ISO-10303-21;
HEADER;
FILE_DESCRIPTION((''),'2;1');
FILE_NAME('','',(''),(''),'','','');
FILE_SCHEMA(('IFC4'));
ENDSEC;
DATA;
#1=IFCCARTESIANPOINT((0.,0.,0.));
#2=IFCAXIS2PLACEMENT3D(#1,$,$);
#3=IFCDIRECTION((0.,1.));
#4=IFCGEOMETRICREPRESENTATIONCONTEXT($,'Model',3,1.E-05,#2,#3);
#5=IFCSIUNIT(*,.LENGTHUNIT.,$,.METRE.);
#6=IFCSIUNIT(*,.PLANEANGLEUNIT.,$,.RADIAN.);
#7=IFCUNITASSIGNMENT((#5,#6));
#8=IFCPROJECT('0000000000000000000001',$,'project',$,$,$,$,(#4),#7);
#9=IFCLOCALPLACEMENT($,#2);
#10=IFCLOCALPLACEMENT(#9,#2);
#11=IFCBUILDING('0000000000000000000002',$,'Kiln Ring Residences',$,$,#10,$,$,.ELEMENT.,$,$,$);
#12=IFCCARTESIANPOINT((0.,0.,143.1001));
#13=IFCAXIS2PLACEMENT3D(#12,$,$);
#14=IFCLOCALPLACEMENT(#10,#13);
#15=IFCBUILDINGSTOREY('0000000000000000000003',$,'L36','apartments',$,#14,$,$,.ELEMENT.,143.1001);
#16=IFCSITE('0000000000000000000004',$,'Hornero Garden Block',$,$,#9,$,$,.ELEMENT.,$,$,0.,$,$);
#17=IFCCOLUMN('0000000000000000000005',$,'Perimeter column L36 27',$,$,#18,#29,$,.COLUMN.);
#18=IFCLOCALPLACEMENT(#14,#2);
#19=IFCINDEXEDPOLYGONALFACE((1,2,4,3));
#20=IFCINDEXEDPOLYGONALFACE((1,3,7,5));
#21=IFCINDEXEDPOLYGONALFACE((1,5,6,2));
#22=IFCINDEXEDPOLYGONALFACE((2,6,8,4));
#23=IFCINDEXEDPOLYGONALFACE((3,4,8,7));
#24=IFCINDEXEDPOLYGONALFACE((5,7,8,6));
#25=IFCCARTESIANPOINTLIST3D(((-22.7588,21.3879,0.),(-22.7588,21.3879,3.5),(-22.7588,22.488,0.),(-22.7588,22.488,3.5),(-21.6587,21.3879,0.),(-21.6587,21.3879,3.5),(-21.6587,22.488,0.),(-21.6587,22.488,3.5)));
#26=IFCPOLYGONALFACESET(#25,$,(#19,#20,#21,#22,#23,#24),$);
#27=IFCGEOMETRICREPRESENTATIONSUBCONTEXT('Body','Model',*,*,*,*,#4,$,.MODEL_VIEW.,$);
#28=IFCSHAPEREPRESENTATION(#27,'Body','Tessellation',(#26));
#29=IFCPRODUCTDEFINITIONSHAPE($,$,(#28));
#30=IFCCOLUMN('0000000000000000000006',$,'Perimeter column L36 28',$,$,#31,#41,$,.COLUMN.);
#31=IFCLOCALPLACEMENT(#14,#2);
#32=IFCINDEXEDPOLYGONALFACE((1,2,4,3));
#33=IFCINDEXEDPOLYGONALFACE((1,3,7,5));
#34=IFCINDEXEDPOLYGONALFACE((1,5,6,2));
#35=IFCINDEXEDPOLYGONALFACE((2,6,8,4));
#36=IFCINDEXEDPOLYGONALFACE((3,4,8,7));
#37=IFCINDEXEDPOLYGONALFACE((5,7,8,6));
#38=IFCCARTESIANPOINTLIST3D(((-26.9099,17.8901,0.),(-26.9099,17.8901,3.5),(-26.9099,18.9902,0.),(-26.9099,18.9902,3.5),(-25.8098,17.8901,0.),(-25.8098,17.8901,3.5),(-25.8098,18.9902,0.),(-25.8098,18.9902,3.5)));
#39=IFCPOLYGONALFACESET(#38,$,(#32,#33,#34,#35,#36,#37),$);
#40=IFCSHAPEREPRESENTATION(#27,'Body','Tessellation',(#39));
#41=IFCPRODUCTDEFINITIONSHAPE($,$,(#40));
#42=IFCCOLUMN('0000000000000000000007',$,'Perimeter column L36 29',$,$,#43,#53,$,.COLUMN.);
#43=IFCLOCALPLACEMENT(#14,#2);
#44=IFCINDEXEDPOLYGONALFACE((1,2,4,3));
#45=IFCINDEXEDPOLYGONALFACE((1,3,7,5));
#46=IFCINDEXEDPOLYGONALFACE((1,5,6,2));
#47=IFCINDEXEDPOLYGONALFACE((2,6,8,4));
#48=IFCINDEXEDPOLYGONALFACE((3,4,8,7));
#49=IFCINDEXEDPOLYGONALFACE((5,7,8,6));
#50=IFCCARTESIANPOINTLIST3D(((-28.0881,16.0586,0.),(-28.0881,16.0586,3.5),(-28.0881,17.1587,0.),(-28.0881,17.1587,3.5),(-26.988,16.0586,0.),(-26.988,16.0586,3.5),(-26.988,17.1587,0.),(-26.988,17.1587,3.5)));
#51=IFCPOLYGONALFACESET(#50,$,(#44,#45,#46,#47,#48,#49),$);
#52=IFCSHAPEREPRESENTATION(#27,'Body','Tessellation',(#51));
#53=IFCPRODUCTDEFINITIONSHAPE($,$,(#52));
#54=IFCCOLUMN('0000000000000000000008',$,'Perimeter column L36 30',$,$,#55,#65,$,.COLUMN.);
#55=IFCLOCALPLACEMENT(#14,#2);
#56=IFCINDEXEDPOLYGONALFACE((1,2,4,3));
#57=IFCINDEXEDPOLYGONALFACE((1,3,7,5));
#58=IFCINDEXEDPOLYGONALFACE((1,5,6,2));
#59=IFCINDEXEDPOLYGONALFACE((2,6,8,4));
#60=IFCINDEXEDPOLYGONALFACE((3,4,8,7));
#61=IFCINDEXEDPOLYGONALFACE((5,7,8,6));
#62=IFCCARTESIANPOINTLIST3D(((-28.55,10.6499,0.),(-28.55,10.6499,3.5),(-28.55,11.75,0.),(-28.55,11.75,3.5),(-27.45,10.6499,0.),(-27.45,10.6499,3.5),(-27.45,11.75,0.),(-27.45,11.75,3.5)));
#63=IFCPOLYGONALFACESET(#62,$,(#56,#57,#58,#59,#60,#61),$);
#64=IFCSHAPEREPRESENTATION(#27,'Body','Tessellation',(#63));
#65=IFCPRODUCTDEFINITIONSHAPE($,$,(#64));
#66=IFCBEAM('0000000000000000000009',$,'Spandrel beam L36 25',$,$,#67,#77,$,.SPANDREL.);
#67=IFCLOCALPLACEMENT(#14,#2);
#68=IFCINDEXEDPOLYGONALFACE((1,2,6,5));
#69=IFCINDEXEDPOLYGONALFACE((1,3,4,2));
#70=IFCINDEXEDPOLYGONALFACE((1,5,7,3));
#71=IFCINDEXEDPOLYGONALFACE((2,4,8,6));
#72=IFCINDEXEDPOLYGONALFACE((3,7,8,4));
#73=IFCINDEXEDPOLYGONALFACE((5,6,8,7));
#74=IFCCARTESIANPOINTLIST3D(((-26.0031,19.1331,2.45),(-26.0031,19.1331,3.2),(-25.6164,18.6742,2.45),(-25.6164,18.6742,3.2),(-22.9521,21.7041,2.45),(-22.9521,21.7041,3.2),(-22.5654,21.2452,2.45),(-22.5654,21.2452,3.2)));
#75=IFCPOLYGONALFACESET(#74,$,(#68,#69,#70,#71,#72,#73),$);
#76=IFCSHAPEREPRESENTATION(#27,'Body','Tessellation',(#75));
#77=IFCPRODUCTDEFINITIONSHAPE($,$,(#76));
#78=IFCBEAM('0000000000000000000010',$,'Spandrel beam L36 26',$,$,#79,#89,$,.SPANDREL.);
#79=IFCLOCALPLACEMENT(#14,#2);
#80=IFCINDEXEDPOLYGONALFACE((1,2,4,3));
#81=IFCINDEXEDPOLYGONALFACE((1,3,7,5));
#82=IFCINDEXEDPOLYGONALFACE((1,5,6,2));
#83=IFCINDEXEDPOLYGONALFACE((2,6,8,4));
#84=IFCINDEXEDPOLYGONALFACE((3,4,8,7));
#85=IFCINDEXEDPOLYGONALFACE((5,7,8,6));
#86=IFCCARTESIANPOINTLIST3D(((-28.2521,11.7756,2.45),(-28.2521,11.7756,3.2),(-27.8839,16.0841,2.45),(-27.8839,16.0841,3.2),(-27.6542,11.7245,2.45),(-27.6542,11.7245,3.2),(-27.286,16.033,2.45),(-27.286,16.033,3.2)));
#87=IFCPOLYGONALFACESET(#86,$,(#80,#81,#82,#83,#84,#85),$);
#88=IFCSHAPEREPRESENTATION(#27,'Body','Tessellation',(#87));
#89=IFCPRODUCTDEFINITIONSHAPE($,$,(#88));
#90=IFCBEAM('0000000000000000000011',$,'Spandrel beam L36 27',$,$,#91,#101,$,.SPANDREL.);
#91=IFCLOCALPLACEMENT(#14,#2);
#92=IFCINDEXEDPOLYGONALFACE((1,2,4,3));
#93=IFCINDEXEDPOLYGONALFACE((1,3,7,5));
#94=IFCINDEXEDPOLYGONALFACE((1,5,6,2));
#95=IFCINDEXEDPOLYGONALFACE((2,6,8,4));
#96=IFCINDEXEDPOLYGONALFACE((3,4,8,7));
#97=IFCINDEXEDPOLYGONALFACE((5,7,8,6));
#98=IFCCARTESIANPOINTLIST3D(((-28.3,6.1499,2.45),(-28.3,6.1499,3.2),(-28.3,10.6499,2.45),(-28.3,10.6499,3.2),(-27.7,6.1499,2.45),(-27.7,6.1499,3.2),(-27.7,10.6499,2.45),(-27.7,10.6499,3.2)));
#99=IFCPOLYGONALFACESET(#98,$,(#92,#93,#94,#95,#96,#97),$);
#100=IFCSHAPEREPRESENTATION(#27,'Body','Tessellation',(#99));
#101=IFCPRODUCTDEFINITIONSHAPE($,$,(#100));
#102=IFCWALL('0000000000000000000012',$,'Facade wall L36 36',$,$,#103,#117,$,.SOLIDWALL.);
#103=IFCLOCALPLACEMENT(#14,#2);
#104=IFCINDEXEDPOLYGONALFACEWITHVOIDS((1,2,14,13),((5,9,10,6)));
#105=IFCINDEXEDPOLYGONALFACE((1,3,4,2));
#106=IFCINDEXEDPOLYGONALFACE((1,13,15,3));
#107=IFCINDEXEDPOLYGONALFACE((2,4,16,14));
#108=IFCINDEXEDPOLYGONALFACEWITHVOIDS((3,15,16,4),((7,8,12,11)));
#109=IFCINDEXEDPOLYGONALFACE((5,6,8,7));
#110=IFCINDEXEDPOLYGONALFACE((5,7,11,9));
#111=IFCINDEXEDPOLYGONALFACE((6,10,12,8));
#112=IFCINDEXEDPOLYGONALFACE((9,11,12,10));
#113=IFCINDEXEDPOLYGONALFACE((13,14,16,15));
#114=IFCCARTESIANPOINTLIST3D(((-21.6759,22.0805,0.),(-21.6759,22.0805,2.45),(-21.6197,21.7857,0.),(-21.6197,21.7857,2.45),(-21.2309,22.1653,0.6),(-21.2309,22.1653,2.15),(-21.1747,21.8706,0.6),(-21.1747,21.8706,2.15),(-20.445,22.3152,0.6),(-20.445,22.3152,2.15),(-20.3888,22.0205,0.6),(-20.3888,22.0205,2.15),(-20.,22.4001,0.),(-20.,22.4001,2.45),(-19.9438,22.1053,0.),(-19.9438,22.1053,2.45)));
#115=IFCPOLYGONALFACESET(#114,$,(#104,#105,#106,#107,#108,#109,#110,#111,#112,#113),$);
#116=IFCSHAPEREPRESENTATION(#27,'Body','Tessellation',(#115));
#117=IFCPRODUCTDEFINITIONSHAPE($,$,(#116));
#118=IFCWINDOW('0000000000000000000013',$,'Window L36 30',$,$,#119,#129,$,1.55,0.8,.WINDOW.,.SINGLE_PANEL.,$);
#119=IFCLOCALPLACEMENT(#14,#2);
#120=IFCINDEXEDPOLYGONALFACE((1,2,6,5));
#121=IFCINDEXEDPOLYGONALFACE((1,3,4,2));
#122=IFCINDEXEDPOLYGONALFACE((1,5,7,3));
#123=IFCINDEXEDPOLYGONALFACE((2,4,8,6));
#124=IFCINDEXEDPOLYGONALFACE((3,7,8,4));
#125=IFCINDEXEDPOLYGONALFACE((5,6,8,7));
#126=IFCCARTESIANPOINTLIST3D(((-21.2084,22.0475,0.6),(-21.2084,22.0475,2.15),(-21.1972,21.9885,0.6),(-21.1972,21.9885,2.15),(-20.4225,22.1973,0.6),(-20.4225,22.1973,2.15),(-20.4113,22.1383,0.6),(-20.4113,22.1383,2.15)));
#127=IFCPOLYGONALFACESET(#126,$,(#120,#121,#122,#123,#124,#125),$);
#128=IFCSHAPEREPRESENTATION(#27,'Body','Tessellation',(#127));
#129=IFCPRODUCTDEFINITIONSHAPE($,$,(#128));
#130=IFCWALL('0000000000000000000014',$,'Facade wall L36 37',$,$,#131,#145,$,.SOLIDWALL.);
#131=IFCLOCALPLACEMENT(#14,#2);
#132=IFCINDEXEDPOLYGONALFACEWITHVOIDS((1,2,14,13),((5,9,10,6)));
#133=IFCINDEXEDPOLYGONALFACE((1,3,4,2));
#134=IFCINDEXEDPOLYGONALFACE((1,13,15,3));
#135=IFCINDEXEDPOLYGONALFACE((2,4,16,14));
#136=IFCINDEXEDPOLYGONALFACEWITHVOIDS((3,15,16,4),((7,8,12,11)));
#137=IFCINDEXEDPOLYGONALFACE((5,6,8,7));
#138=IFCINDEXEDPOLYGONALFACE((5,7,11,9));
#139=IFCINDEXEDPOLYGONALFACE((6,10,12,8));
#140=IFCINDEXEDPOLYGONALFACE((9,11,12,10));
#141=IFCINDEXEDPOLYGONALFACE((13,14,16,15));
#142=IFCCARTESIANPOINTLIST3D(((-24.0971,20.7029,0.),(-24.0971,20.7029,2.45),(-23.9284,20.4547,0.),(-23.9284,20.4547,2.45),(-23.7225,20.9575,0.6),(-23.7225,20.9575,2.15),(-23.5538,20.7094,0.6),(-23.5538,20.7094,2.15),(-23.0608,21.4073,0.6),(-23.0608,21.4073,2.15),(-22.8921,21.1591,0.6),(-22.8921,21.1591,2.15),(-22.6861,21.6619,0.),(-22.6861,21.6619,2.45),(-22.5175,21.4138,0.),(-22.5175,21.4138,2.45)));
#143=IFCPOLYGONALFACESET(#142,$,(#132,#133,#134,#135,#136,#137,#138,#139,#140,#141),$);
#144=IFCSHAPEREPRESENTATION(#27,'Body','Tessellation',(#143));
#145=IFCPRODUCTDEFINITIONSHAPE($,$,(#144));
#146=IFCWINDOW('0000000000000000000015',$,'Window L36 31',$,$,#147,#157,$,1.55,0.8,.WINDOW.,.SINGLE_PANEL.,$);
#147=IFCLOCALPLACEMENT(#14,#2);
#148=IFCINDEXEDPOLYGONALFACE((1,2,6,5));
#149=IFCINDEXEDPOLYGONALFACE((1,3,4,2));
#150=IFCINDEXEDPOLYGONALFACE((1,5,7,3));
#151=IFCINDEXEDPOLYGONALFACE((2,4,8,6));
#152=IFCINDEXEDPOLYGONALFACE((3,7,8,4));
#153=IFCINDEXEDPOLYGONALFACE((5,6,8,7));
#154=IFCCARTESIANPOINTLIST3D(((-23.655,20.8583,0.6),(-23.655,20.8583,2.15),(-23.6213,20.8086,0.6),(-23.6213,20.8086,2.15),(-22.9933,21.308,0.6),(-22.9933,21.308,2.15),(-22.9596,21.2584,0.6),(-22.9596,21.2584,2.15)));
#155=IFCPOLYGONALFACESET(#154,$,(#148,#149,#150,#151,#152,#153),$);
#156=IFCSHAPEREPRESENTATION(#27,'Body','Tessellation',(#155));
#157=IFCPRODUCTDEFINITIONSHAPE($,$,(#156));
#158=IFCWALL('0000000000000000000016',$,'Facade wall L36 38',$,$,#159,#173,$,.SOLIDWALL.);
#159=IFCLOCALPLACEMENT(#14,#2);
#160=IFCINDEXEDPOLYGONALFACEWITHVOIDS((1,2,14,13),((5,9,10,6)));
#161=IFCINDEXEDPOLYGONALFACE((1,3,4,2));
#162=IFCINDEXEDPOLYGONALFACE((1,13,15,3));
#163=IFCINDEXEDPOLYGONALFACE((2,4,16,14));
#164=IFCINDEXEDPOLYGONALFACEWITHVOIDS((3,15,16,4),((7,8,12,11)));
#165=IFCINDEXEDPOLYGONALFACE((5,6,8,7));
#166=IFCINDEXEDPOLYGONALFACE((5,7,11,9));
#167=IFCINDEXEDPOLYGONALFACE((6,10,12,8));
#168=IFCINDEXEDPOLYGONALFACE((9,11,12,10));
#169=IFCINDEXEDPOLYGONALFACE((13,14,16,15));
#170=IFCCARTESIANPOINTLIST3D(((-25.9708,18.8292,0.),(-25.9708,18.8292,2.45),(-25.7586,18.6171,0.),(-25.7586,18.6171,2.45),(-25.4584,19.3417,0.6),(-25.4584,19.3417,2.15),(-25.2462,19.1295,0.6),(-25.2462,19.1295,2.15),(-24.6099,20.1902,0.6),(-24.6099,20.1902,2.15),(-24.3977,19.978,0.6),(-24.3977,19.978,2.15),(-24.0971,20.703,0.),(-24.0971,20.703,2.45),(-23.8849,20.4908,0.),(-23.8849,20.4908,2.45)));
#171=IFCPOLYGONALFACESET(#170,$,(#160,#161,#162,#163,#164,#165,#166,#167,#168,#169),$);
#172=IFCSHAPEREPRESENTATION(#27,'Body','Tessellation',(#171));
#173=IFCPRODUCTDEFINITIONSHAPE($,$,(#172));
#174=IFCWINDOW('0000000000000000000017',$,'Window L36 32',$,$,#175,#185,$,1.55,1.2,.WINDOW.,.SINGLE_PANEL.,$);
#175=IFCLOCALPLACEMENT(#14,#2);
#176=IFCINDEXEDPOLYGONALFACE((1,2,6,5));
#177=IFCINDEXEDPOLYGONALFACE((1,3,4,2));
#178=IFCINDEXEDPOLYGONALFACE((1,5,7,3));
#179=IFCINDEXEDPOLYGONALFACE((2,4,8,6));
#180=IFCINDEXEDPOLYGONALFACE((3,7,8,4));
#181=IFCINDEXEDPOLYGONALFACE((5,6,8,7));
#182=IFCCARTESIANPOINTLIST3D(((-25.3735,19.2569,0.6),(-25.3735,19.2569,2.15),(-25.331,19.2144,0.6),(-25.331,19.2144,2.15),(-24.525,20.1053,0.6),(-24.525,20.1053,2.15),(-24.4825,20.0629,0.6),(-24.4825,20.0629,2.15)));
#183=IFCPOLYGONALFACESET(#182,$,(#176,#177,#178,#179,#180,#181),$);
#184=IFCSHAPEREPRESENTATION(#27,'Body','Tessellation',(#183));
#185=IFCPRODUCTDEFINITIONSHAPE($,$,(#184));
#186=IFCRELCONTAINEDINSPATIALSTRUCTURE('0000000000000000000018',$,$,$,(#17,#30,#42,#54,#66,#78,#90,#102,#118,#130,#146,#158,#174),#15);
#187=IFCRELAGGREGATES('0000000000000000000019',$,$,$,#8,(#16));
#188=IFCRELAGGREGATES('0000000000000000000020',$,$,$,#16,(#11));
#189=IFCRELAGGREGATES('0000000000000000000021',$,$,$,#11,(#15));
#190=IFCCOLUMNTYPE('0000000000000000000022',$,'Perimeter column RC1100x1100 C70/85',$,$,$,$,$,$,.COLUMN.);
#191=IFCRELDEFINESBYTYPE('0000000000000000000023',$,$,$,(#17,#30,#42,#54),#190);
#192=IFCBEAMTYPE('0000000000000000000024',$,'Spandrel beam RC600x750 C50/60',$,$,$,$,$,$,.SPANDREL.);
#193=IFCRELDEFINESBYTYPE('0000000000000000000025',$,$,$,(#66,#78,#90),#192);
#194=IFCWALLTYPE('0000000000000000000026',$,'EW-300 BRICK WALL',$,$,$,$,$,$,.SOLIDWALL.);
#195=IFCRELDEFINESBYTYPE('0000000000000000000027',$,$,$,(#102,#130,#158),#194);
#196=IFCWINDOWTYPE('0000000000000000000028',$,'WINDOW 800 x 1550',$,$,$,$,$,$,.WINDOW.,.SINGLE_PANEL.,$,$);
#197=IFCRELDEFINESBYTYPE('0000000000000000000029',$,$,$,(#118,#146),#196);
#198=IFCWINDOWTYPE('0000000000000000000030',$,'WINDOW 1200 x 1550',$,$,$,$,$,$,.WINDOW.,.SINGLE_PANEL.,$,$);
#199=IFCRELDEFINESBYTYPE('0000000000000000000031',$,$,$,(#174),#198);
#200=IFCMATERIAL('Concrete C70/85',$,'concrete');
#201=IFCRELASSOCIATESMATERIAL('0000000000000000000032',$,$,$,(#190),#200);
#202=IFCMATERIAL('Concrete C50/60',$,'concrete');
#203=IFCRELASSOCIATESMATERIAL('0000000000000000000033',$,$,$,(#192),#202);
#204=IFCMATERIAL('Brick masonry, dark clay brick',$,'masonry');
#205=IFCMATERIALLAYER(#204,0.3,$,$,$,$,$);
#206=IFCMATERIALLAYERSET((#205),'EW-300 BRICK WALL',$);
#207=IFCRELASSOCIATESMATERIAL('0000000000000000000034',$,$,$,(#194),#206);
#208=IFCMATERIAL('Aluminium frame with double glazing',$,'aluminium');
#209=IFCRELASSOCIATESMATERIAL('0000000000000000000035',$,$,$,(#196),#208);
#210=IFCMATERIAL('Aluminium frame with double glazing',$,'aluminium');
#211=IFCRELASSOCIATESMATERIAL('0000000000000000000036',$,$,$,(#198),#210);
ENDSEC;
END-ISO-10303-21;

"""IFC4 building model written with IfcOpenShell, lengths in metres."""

from ifc_helpers import new_model, si_unit, direction, frame, frame_2d, origin, origin_2d, place, context, subcontext, project, spatial, rectangle, extrude, material, layer, layer_set, material_profile, profile_set, type_object, element, fill, save


model = new_model("IFC4")

# Units and contexts
model_context = context("Model", 3, precision=1e-05, world=origin(), true_north=direction((0.0, 1.0)))
body_context = subcontext(model_context, "Body", "Model", "MODEL_VIEW")
ifc_project = project(units=[si_unit("LENGTHUNIT", "METRE"), si_unit("PLANEANGLEUNIT", "RADIAN")], contexts=[model_context])

# Site, building, storey
site_placement = place(None, origin())
site = spatial("IfcSite", under=ifc_project, at=site_placement, Name="Hornero Garden Block", CompositionType="ELEMENT", RefElevation=0.0)
building_placement = place(site_placement, origin())
building = spatial("IfcBuilding", under=site, at=building_placement, Name="Kiln Ring Residences", CompositionType="ELEMENT")
storey_placement = place(building_placement, frame((0.0, 0.0, 143.1001)))
storey = spatial("IfcBuildingStorey", under=building, at=storey_placement, Name="L36", Description="apartments", CompositionType="ELEMENT", Elevation=143.1001)

# Columns
ifc_material_1 = material(Name="Concrete C70/85", Category="concrete")
ifc_material_profile_1 = material_profile(ifc_material_1, rectangle(XDim=1.1001, YDim=1.1001, at=origin_2d()), Name="RC1100x1100")
ifc_profile_set_1 = profile_set([ifc_material_profile_1], Name="Concrete C70/85")
column_type = type_object("IfcColumnType", Name="Perimeter column RC1100x1100 C70/85", PredefinedType="COLUMN", material=ifc_profile_set_1)
for number, where, z_axis, x_axis, name in (
    (1, (-22.2087, 21.938, 0.0), (0.0, 0.0, 1.0), (1.0, 0.0, 0.0), "Perimeter column L36 27"),
    (2, (-26.3599, 18.4402, 0.0), (0.0, 0.0, 1.0), (1.0, 0.0, 0.0), "Perimeter column L36 28"),
    (3, (-27.5381, 16.6086, 0.0), (0.0, 0.0, 1.0), (1.0, 0.0, 0.0), "Perimeter column L36 29"),
    (4, (-28.0, 11.2, 0.0), (0.0, 0.0, 1.0), (1.0, 0.0, 0.0), "Perimeter column L36 30"),
):
    element("IfcColumn", number, at=place(storey_placement, frame(where, z_axis=z_axis, x_axis=x_axis)), inside=storey, type_object=column_type, Name=name, PredefinedType="COLUMN", context=body_context, shape_type="SweptSolid", body=[
        extrude(rectangle(XDim=1.1001, YDim=1.1001, at=origin_2d()), origin(), (0.0, 0.0, 1.0), 3.5),
    ])

# Beams
ifc_material_2 = material(Name="Concrete C50/60", Category="concrete")
ifc_material_profile_2 = material_profile(ifc_material_2, rectangle(XDim=0.6001, YDim=0.75, at=origin_2d()), Name="RC600x750")
ifc_profile_set_2 = profile_set([ifc_material_profile_2], Name="Concrete C50/60")
beam_type = type_object("IfcBeamType", Name="Spandrel beam RC600x750 C50/60", PredefinedType="SPANDREL", material=ifc_profile_set_2)
beam_1_placement = place(storey_placement, frame((-22.7588, 21.4746, 2.825), z_axis=(-0.764694, -0.644394, 0.0), x_axis=(0.644394, -0.764694, 0.0)))
element("IfcBeam", 5, at=beam_1_placement, inside=storey, type_object=beam_type, Name="Spandrel beam L36 25", PredefinedType="SPANDREL", context=body_context, shape_type="SweptSolid", body=[
    extrude(rectangle(XDim=0.6001, YDim=0.75, at=origin_2d()), origin(), (0.0, 0.0, 1.0), 3.9897),
])
beam_2_placement = place(storey_placement, frame((-27.585, 16.0586, 2.825), z_axis=(-0.085139, -0.996369, 0.0), x_axis=(0.996369, -0.085139, 0.0)))
element("IfcBeam", 6, at=beam_2_placement, inside=storey, type_object=beam_type, Name="Spandrel beam L36 26", PredefinedType="SPANDREL", context=body_context, shape_type="SweptSolid", body=[
    extrude(rectangle(XDim=0.6001, YDim=0.75, at=origin_2d()), origin(), (0.0, 0.0, 1.0), 4.3242),
])
beam_3_placement = place(storey_placement, frame((-28.0, 10.6499, 2.825), z_axis=(0.0, -1.0, 0.0), x_axis=(1.0, 0.0, 0.0)))
element("IfcBeam", 7, at=beam_3_placement, inside=storey, type_object=beam_type, Name="Spandrel beam L36 27", PredefinedType="SPANDREL", context=body_context, shape_type="SweptSolid", body=[
    extrude(rectangle(XDim=0.6001, YDim=0.75, at=origin_2d()), origin(), (0.0, 0.0, 1.0), 4.5),
])

# Walls, openings, windows
ifc_material_3 = material(Name="Brick masonry, dark clay brick", Category="masonry")
ifc_layer_1 = layer(ifc_material_3, 0.3)
ifc_layer_set_1 = layer_set([ifc_layer_1], Name="EW-300 BRICK WALL")
wall_type_1 = type_object("IfcWallType", Name="EW-300 BRICK WALL", PredefinedType="SOLIDWALL", material=ifc_layer_set_1)
wall_1_placement = place(storey_placement, frame((-19.9719, 22.2527, 0.0), z_axis=(0.0, 0.0, 1.0), x_axis=(-0.982297, -0.187329, 0.0)))
wall_1 = element("IfcWall", 8, at=wall_1_placement, inside=storey, type_object=wall_type_1, Name="Facade wall L36 36", PredefinedType="SOLIDWALL", context=body_context, shape_type="SweptSolid", body=[
    extrude(rectangle(XDim=1.7061, YDim=0.3, at=frame_2d((0.853, 0.0))), origin(), (0.0, 0.0, 1.0), 2.45),
])
opening_1_placement = place(wall_1_placement, frame((0.4531, 0.0, 0.6001)))
opening_1 = element("IfcOpeningElement", 9, at=opening_1_placement, cuts=wall_1, PredefinedType="OPENING", context=body_context, shape_type="SweptSolid", body=[
    extrude(rectangle(XDim=0.8, YDim=1.55, at=frame_2d((0.3999, 0.7749))), frame((0.0, 0.1599, 0.0), z_axis=(0.0, -1.0, 0.0), x_axis=(1.0, 0.0, 0.0)), (0.0, 0.0, 1.0), 0.3201),
])
ifc_material_4 = material(Name="Aluminium frame with double glazing", Category="aluminium")
window_type_1 = type_object("IfcWindowType", Name="WINDOW 800 x 1550", PartitioningType="SINGLE_PANEL", PredefinedType="WINDOW", material=ifc_material_4)
window_1_placement = place(opening_1_placement, origin())
window_1 = element("IfcWindow", 10, at=window_1_placement, inside=storey, type_object=window_type_1, Name="Window L36 30", OverallHeight=1.55, OverallWidth=0.8, PartitioningType="SINGLE_PANEL", PredefinedType="WINDOW", context=body_context, shape_type="SweptSolid", body=[
    extrude(rectangle(XDim=0.8, YDim=1.55, at=frame_2d((0.3999, 0.7749))), frame((0.0, 0.03, 0.0), z_axis=(0.0, -1.0, 0.0), x_axis=(1.0, 0.0, 0.0)), (0.0, 0.0, 1.0), 0.0601),
])
fill(opening_1, window_1)
wall_2_placement = place(storey_placement, frame((-22.6018, 21.5378, 0.0), z_axis=(0.0, 0.0, 1.0), x_axis=(-0.827041, -0.562142, 0.0)))
wall_2 = element("IfcWall", 11, at=wall_2_placement, inside=storey, type_object=wall_type_1, Name="Facade wall L36 37", PredefinedType="SOLIDWALL", context=body_context, shape_type="SweptSolid", body=[
    extrude(rectangle(XDim=1.7061, YDim=0.3, at=frame_2d((0.853, 0.0))), origin(), (0.0, 0.0, 1.0), 2.45),
])
opening_2_placement = place(wall_2_placement, frame((0.4531, 0.0, 0.6001)))
opening_2 = element("IfcOpeningElement", 12, at=opening_2_placement, cuts=wall_2, PredefinedType="OPENING", context=body_context, shape_type="SweptSolid", body=[
    extrude(rectangle(XDim=0.8, YDim=1.55, at=frame_2d((0.3999, 0.7749))), frame((0.0, 0.1599, 0.0), z_axis=(0.0, -1.0, 0.0), x_axis=(1.0, 0.0, 0.0)), (0.0, 0.0, 1.0), 0.3201),
])
window_2_placement = place(opening_2_placement, origin())
window_2 = element("IfcWindow", 13, at=window_2_placement, inside=storey, type_object=window_type_1, Name="Window L36 31", OverallHeight=1.55, OverallWidth=0.8, PartitioningType="SINGLE_PANEL", PredefinedType="WINDOW", context=body_context, shape_type="SweptSolid", body=[
    extrude(rectangle(XDim=0.8, YDim=1.55, at=frame_2d((0.3999, 0.7749))), frame((0.0, 0.03, 0.0), z_axis=(0.0, -1.0, 0.0), x_axis=(1.0, 0.0, 0.0)), (0.0, 0.0, 1.0), 0.0601),
])
fill(opening_2, window_2)
wall_3_placement = place(storey_placement, frame((-23.991, 20.5969, 0.0), z_axis=(0.0, 0.0, 1.0), x_axis=(-0.707107, -0.707107, 0.0)))
wall_3 = element("IfcWall", 14, at=wall_3_placement, inside=storey, type_object=wall_type_1, Name="Facade wall L36 38", PredefinedType="SOLIDWALL", context=body_context, shape_type="SweptSolid", body=[
    extrude(rectangle(XDim=2.6499, YDim=0.3, at=frame_2d((1.325, 0.0))), origin(), (0.0, 0.0, 1.0), 2.45),
])
opening_3_placement = place(wall_3_placement, frame((0.7251, 0.0, 0.6001)))
opening_3 = element("IfcOpeningElement", 15, at=opening_3_placement, cuts=wall_3, PredefinedType="OPENING", context=body_context, shape_type="SweptSolid", body=[
    extrude(rectangle(XDim=1.2, YDim=1.55, at=frame_2d((0.6001, 0.7749))), frame((0.0, 0.1599, 0.0), z_axis=(0.0, -1.0, 0.0), x_axis=(1.0, 0.0, 0.0)), (0.0, 0.0, 1.0), 0.3201),
])
ifc_material_5 = material(Name="Aluminium frame with double glazing", Category="aluminium")
window_type_2 = type_object("IfcWindowType", Name="WINDOW 1200 x 1550", PartitioningType="SINGLE_PANEL", PredefinedType="WINDOW", material=ifc_material_5)
window_3_placement = place(opening_3_placement, origin())
window_3 = element("IfcWindow", 16, at=window_3_placement, inside=storey, type_object=window_type_2, Name="Window L36 32", OverallHeight=1.55, OverallWidth=1.2, PartitioningType="SINGLE_PANEL", PredefinedType="WINDOW", context=body_context, shape_type="SweptSolid", body=[
    extrude(rectangle(XDim=1.2, YDim=1.55, at=frame_2d((0.6001, 0.7749))), frame((0.0, 0.03, 0.0), z_axis=(0.0, -1.0, 0.0), x_axis=(1.0, 0.0, 0.0)), (0.0, 0.0, 1.0), 0.0601),
])
fill(opening_3, window_3)

save(model, "model.ifc")
